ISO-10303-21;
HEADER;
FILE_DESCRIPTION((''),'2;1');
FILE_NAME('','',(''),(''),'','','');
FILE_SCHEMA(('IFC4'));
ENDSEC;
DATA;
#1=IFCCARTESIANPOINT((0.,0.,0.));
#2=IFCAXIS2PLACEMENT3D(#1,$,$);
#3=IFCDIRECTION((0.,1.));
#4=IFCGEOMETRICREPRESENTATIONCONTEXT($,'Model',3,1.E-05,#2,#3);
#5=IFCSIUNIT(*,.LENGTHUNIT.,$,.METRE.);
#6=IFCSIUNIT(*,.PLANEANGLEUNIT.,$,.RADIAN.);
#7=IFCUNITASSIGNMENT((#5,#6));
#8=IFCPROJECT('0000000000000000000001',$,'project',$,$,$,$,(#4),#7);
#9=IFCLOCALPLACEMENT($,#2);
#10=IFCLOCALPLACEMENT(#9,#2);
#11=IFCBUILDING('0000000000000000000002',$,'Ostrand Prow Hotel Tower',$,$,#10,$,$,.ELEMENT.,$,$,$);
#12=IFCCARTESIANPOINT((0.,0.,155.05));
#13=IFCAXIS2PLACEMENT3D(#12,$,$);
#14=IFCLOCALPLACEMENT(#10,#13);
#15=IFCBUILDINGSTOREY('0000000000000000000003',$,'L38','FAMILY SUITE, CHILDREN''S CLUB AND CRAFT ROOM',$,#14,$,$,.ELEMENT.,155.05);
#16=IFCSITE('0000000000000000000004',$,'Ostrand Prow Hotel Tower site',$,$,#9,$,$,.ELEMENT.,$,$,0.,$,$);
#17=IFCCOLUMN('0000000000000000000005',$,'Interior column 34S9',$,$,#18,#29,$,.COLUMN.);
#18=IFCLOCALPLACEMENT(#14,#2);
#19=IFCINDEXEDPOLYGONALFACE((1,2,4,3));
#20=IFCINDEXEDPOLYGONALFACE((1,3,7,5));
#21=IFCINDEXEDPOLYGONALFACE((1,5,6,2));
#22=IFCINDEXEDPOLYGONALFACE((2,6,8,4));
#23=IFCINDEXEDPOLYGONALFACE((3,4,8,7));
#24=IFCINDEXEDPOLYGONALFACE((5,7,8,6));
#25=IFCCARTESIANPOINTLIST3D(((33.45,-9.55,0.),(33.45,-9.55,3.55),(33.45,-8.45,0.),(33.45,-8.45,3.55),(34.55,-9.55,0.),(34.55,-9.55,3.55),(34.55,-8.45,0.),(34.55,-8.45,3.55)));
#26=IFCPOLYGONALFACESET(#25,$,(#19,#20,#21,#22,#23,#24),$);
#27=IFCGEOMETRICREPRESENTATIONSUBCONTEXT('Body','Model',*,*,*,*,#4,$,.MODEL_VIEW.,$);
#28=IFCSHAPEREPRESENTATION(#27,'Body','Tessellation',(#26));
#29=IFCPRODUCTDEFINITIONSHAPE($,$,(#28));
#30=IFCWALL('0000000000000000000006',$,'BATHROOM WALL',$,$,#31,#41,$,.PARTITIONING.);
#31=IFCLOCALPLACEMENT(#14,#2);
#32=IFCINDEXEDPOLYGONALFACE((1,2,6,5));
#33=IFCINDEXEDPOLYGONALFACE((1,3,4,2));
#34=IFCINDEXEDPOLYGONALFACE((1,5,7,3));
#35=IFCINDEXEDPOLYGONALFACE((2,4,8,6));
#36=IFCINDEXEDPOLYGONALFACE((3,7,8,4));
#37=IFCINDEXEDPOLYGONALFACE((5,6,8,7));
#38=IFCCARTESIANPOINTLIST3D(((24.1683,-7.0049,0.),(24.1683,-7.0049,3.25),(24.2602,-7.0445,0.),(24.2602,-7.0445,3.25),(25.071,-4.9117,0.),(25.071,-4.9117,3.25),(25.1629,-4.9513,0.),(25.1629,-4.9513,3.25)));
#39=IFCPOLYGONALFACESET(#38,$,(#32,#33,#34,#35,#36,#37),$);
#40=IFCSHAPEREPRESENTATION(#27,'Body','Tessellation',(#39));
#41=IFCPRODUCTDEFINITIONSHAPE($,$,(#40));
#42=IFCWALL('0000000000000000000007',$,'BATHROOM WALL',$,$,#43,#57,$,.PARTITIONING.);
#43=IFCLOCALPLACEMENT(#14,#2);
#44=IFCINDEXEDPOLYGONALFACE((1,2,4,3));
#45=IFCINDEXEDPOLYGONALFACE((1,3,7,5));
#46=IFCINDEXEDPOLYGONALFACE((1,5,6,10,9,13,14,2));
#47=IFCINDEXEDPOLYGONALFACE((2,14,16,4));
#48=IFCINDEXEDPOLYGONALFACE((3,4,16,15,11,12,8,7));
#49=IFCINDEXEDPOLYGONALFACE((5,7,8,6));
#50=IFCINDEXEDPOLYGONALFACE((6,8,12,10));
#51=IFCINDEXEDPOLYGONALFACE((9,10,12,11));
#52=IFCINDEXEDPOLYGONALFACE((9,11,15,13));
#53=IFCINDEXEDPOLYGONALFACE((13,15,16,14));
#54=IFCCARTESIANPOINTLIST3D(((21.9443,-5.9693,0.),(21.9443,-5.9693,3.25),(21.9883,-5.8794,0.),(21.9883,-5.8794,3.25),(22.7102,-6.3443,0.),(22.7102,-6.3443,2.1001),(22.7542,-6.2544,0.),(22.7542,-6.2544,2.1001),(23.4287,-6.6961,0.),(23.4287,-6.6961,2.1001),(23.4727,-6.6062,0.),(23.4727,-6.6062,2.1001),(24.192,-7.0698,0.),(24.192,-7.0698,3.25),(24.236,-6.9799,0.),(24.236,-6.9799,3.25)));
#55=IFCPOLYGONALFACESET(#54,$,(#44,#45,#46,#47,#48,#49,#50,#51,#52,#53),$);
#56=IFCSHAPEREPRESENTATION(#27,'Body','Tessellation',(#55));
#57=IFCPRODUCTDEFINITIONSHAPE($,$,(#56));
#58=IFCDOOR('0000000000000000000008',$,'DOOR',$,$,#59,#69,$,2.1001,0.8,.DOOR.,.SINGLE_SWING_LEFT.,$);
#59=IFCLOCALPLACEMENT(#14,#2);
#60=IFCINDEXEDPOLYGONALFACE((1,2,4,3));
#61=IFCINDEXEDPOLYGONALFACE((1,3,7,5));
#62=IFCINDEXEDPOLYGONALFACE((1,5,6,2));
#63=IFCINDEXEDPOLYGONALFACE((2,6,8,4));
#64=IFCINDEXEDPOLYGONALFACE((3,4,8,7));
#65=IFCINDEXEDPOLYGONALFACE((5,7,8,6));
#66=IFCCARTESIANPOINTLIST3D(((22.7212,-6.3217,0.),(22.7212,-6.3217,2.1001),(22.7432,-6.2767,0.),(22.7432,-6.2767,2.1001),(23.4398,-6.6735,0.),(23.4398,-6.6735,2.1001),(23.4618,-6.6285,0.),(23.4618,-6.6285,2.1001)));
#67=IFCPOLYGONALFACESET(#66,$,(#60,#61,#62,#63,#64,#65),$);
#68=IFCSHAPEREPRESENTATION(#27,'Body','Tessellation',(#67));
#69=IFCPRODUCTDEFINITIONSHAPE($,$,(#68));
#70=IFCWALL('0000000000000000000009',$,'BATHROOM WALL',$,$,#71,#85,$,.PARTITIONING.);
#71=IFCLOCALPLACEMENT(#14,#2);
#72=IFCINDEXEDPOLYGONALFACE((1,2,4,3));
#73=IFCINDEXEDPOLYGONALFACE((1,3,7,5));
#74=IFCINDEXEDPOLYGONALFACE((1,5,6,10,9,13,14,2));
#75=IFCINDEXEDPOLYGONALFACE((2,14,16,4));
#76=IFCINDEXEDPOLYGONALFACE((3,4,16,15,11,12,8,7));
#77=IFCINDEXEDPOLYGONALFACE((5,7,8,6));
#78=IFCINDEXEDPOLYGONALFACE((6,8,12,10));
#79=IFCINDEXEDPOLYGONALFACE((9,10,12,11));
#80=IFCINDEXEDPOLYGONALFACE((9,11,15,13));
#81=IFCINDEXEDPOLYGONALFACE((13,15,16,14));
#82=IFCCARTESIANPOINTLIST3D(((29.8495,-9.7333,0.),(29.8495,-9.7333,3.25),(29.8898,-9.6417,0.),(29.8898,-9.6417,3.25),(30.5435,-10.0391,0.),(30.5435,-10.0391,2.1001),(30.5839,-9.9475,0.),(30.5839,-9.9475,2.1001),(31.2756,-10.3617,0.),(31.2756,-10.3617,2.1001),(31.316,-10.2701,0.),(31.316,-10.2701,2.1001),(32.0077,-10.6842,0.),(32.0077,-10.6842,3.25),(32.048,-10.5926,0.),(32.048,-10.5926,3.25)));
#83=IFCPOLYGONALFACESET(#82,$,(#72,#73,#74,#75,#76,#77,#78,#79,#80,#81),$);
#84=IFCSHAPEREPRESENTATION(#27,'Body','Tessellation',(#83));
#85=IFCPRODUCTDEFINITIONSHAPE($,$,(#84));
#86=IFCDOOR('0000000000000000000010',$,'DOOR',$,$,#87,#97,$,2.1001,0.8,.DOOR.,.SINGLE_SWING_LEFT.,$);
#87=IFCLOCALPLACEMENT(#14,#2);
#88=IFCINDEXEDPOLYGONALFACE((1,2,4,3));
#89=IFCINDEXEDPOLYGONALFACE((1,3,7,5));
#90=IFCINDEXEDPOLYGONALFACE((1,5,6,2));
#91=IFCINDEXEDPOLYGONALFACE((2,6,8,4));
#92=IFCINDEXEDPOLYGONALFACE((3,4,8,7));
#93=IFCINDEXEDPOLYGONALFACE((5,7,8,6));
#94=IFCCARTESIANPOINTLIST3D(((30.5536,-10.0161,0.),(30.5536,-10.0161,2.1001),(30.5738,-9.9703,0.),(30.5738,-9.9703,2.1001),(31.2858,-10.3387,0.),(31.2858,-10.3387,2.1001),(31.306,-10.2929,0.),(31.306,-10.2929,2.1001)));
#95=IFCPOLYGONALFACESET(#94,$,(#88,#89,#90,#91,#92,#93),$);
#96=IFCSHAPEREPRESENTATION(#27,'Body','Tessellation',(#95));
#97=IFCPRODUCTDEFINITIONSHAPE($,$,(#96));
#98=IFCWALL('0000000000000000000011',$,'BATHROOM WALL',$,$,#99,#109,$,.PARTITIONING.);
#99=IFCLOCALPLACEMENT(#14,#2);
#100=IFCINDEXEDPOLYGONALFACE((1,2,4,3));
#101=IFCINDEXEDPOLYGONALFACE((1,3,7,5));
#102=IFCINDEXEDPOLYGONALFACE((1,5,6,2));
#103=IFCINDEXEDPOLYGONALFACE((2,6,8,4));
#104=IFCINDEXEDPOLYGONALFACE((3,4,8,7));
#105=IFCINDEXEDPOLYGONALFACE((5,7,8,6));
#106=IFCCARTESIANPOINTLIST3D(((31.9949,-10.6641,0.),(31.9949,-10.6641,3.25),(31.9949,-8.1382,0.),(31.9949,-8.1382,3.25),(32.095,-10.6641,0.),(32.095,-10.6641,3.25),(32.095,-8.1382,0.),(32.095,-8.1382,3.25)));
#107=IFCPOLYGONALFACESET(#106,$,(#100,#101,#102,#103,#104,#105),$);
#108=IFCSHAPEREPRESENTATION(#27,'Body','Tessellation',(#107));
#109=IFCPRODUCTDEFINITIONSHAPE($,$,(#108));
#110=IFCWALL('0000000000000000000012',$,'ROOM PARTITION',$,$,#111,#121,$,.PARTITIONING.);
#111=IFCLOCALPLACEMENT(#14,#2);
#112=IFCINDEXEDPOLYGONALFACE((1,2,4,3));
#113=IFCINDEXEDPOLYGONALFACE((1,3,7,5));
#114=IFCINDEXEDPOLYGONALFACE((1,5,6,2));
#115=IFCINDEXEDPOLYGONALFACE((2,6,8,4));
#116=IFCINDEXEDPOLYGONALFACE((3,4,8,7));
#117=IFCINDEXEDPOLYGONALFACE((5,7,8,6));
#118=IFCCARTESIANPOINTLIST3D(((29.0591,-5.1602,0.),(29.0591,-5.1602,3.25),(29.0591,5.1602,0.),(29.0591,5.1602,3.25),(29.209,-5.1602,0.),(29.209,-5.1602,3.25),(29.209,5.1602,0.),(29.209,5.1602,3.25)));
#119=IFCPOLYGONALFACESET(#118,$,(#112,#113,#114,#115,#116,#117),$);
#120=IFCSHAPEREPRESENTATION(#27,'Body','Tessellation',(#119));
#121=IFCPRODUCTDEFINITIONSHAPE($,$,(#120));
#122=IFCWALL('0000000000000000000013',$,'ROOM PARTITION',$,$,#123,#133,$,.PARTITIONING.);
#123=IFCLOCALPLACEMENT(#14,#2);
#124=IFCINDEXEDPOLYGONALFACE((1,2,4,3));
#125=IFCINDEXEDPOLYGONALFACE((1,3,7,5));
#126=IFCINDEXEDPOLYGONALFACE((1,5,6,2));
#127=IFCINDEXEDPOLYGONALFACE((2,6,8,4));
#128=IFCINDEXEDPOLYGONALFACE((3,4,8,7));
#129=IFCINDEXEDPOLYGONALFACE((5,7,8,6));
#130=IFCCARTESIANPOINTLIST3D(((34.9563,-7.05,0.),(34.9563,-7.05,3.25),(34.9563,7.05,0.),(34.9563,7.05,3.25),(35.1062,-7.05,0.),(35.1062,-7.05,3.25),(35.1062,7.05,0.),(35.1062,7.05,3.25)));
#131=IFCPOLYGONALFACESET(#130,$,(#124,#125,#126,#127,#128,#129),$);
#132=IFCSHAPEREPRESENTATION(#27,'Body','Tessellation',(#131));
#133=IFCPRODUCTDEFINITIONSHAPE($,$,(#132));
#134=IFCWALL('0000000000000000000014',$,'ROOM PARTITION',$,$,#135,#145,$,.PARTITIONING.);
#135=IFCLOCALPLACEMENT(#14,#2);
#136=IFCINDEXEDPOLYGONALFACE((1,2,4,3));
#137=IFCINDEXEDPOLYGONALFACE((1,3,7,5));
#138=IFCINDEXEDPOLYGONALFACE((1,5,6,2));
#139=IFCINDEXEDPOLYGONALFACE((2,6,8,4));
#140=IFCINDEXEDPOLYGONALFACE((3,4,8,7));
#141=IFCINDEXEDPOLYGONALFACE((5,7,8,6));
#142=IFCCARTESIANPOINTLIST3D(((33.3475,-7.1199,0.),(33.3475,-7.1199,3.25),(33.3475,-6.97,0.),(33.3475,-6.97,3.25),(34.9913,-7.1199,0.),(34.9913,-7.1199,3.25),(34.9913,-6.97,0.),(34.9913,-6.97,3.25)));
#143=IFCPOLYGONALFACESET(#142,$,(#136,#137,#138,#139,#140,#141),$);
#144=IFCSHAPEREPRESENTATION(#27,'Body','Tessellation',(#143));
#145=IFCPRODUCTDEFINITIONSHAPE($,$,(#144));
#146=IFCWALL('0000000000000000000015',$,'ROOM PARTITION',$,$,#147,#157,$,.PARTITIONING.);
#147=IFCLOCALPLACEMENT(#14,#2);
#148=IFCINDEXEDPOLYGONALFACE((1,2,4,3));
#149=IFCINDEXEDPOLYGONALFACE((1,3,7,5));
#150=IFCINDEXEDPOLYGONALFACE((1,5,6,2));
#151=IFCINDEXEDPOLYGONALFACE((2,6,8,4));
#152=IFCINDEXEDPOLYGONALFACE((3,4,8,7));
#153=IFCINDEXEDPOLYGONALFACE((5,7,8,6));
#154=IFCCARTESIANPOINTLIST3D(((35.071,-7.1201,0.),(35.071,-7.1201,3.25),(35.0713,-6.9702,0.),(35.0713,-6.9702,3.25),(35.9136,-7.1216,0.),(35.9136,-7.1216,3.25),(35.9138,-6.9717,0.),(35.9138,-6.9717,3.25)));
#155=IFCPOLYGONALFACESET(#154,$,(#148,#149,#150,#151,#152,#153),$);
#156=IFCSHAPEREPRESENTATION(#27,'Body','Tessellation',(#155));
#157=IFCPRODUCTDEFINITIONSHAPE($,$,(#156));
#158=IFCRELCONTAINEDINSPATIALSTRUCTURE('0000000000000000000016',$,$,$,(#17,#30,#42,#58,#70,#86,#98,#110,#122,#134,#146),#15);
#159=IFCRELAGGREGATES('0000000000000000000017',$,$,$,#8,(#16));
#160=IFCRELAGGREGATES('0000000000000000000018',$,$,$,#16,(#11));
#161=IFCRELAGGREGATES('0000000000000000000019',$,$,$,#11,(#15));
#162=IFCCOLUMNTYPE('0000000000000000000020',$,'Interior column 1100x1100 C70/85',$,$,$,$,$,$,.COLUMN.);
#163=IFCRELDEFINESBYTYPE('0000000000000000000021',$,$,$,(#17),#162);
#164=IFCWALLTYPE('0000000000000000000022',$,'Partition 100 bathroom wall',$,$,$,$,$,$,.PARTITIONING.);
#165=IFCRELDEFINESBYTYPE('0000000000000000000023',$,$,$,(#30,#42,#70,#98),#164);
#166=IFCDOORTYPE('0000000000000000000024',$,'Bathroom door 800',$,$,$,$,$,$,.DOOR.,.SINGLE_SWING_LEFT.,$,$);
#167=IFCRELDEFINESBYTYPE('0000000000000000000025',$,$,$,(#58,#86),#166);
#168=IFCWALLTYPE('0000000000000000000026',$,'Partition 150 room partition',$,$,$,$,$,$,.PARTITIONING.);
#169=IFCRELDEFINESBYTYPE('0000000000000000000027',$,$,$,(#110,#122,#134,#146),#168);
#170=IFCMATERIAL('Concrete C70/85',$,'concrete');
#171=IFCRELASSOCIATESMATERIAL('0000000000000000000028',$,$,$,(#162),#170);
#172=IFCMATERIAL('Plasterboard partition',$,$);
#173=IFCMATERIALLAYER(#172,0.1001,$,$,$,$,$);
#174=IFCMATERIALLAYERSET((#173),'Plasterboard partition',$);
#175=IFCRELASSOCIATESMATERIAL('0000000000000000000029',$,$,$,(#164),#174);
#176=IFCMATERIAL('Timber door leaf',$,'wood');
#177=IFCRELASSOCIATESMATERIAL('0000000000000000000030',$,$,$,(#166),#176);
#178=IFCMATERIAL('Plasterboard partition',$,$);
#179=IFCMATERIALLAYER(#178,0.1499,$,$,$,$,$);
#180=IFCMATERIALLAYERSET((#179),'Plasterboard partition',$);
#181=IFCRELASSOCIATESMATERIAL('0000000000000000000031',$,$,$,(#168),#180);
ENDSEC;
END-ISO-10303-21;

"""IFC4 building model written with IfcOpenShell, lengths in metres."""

from ifc_helpers import new_model, si_unit, direction, frame, frame_2d, origin, origin_2d, place, context, subcontext, project, spatial, rectangle, extrude, material, layer, layer_set, material_profile, profile_set, type_object, element, fill, save


model = new_model("IFC4")

# Units and contexts
model_context = context("Model", 3, precision=1e-05, world=origin(), true_north=direction((0.0, 1.0)))
body_context = subcontext(model_context, "Body", "Model", "MODEL_VIEW")
ifc_project = project(units=[si_unit("LENGTHUNIT", "METRE"), si_unit("PLANEANGLEUNIT", "RADIAN")], contexts=[model_context])

# Site, building, storey
site_placement = place(None, origin())
site = spatial("IfcSite", under=ifc_project, at=site_placement, Name="Ostrand Prow Hotel Tower site", CompositionType="ELEMENT", RefElevation=0.0)
building_placement = place(site_placement, origin())
building = spatial("IfcBuilding", under=site, at=building_placement, Name="Ostrand Prow Hotel Tower", CompositionType="ELEMENT")
storey_placement = place(building_placement, frame((0.0, 0.0, 155.05)))
storey = spatial("IfcBuildingStorey", under=building, at=storey_placement, Name="L38", Description="FAMILY SUITE, CHILDREN'S CLUB AND CRAFT ROOM", CompositionType="ELEMENT", Elevation=155.05)

# Column
ifc_material_1 = material(Name="Concrete C70/85", Category="concrete")
ifc_material_profile = material_profile(ifc_material_1, rectangle(XDim=1.1001, YDim=1.1001, at=origin_2d()), Name="RC 1100x1100")
ifc_profile_set = profile_set([ifc_material_profile], Name="Concrete C70/85")
column_type = type_object("IfcColumnType", Name="Interior column 1100x1100 C70/85", PredefinedType="COLUMN", material=ifc_profile_set)
column_placement = place(storey_placement, frame((34.0, -9.0, 0.0), z_axis=(0.0, 0.0, 1.0), x_axis=(1.0, 0.0, 0.0)))
element("IfcColumn", 1, at=column_placement, inside=storey, type_object=column_type, Name="Interior column 34S9", PredefinedType="COLUMN", context=body_context, shape_type="SweptSolid", body=[
    extrude(rectangle(XDim=1.1001, YDim=1.1001, at=origin_2d()), origin(), (0.0, 0.0, 1.0), 3.55),
])

# Wall
ifc_material_2 = material(Name="Plasterboard partition")
ifc_layer_1 = layer(ifc_material_2, 0.1001)
ifc_layer_set_1 = layer_set([ifc_layer_1], Name="Plasterboard partition")
wall_type_1 = type_object("IfcWallType", Name="Partition 100 bathroom wall", PredefinedType="PARTITIONING", material=ifc_layer_set_1)
wall_1_placement = place(storey_placement, frame((25.1169, -4.9316, 0.0), z_axis=(0.0, 0.0, 1.0), x_axis=(-0.396038, -0.918234, 0.0)))
element("IfcWall", 2, at=wall_1_placement, inside=storey, type_object=wall_type_1, Name="BATHROOM WALL", PredefinedType="PARTITIONING", context=body_context, shape_type="SweptSolid", body=[
    extrude(rectangle(XDim=2.2795, YDim=0.1001, at=frame_2d((1.1396, 0.0))), origin(), (0.0, 0.0, 1.0), 3.25),
])

# Walls, openings, doors
wall_2_placement = place(storey_placement, frame((24.2141, -7.0249, 0.0), z_axis=(0.0, 0.0, 1.0), x_axis=(-0.898122, 0.439745, 0.0)))
wall_2 = element("IfcWall", 3, at=wall_2_placement, inside=storey, type_object=wall_type_1, Name="BATHROOM WALL", PredefinedType="PARTITIONING", context=body_context, shape_type="SweptSolid", body=[
    extrude(rectangle(XDim=2.5027, YDim=0.1001, at=frame_2d((1.2515, 0.0))), origin(), (0.0, 0.0, 1.0), 3.25),
])
opening_1_placement = place(wall_2_placement, frame((0.8501, 0.0, 0.0)))
opening_1 = element("IfcOpeningElement", 4, at=opening_1_placement, cuts=wall_2, PredefinedType="OPENING", context=body_context, shape_type="SweptSolid", body=[
    extrude(rectangle(XDim=0.8, YDim=2.1001, at=frame_2d((0.3999, 1.05))), frame((0.0, 0.0601, 0.0), z_axis=(0.0, -1.0, 0.0), x_axis=(1.0, 0.0, 0.0)), (0.0, 0.0, 1.0), 0.1201),
])
ifc_material_3 = material(Name="Timber door leaf", Category="wood")
door_type_1 = type_object("IfcDoorType", Name="Bathroom door 800", OperationType="SINGLE_SWING_LEFT", PredefinedType="DOOR", material=ifc_material_3)
door_1_placement = place(opening_1_placement, origin())
door_1 = element("IfcDoor", 5, at=door_1_placement, inside=storey, type_object=door_type_1, Name="DOOR", OperationType="SINGLE_SWING_LEFT", OverallHeight=2.1001, OverallWidth=0.8, PredefinedType="DOOR", context=body_context, shape_type="SweptSolid", body=[
    extrude(rectangle(XDim=0.8, YDim=2.1001, at=frame_2d((0.3999, 1.05))), frame((0.0, 0.0249, 0.0), z_axis=(0.0, -1.0, 0.0), x_axis=(1.0, 0.0, 0.0)), (0.0, 0.0, 1.0), 0.05),
])
fill(opening_1, door_1)
wall_3_placement = place(storey_placement, frame((32.0278, -10.6384, 0.0), z_axis=(0.0, 0.0, 1.0), x_axis=(-0.915109, 0.403207, 0.0)))
wall_3 = element("IfcWall", 6, at=wall_3_placement, inside=storey, type_object=wall_type_1, Name="BATHROOM WALL", PredefinedType="PARTITIONING", context=body_context, shape_type="SweptSolid", body=[
    extrude(rectangle(XDim=2.3584, YDim=0.1001, at=frame_2d((1.1792, 0.0))), origin(), (0.0, 0.0, 1.0), 3.25),
])
opening_2_placement = place(wall_3_placement, frame((0.8, 0.0, 0.0)))
opening_2 = element("IfcOpeningElement", 7, at=opening_2_placement, cuts=wall_3, PredefinedType="OPENING", context=body_context, shape_type="SweptSolid", body=[
    extrude(rectangle(XDim=0.8, YDim=2.1001, at=frame_2d((0.3999, 1.05))), frame((0.0, 0.0601, 0.0), z_axis=(0.0, -1.0, 0.0), x_axis=(1.0, 0.0, 0.0)), (0.0, 0.0, 1.0), 0.1201),
])
door_2_placement = place(opening_2_placement, origin())
door_2 = element("IfcDoor", 8, at=door_2_placement, inside=storey, type_object=door_type_1, Name="DOOR", OperationType="SINGLE_SWING_LEFT", OverallHeight=2.1001, OverallWidth=0.8, PredefinedType="DOOR", context=body_context, shape_type="SweptSolid", body=[
    extrude(rectangle(XDim=0.8, YDim=2.1001, at=frame_2d((0.3999, 1.05))), frame((0.0, 0.0249, 0.0), z_axis=(0.0, -1.0, 0.0), x_axis=(1.0, 0.0, 0.0)), (0.0, 0.0, 1.0), 0.05),
])
fill(opening_2, door_2)

# Walls
wall_4_placement = place(storey_placement, frame((32.0449, -8.1382, 0.0), z_axis=(0.0, 0.0, 1.0), x_axis=(0.0, -1.0, 0.0)))
element("IfcWall", 9, at=wall_4_placement, inside=storey, type_object=wall_type_1, Name="BATHROOM WALL", PredefinedType="PARTITIONING", context=body_context, shape_type="SweptSolid", body=[
    extrude(rectangle(XDim=2.5259, YDim=0.1001, at=frame_2d((1.2629, 0.0))), origin(), (0.0, 0.0, 1.0), 3.25),
])
ifc_material_4 = material(Name="Plasterboard partition")
ifc_layer_2 = layer(ifc_material_4, 0.1499)
ifc_layer_set_2 = layer_set([ifc_layer_2], Name="Plasterboard partition")
wall_type_2 = type_object("IfcWallType", Name="Partition 150 room partition", PredefinedType="PARTITIONING", material=ifc_layer_set_2)
wall_5_placement = place(storey_placement, frame((29.134, -5.1602, 0.0), z_axis=(0.0, 0.0, 1.0), x_axis=(0.0, 1.0, 0.0)))
element("IfcWall", 10, at=wall_5_placement, inside=storey, type_object=wall_type_2, Name="ROOM PARTITION", PredefinedType="PARTITIONING", context=body_context, shape_type="SweptSolid", body=[
    extrude(rectangle(XDim=10.3203, YDim=0.1499, at=frame_2d((5.1602, 0.0))), origin(), (0.0, 0.0, 1.0), 3.25),
])
wall_6_placement = place(storey_placement, frame((35.0312, -7.05, 0.0), z_axis=(0.0, 0.0, 1.0), x_axis=(0.0, 1.0, 0.0)))
element("IfcWall", 11, at=wall_6_placement, inside=storey, type_object=wall_type_2, Name="ROOM PARTITION", PredefinedType="PARTITIONING", context=body_context, shape_type="SweptSolid", body=[
    extrude(rectangle(XDim=14.1001, YDim=0.1499, at=frame_2d((7.05, 0.0))), origin(), (0.0, 0.0, 1.0), 3.25),
])
wall_7_placement = place(storey_placement, frame((34.9912, -7.0449, 0.0), z_axis=(0.0, 0.0, 1.0), x_axis=(-1.0, 0.0, 0.0)))
element("IfcWall", 12, at=wall_7_placement, inside=storey, type_object=wall_type_2, Name="ROOM PARTITION", PredefinedType="PARTITIONING", context=body_context, shape_type="SweptSolid", body=[
    extrude(rectangle(XDim=1.6438, YDim=0.1499, at=frame_2d((0.8218, 0.0))), origin(), (0.0, 0.0, 1.0), 3.25),
])
wall_8_placement = place(storey_placement, frame((35.9138, -7.0466, 0.0), z_axis=(0.0, 0.0, 1.0), x_axis=(-0.999998, 0.001739, 0.0)))
element("IfcWall", 13, at=wall_8_placement, inside=storey, type_object=wall_type_2, Name="ROOM PARTITION", PredefinedType="PARTITIONING", context=body_context, shape_type="SweptSolid", body=[
    extrude(rectangle(XDim=0.8425, YDim=0.1499, at=frame_2d((0.4214, 0.0))), origin(), (0.0, 0.0, 1.0), 3.25),
])

save(model, "model.ifc")
